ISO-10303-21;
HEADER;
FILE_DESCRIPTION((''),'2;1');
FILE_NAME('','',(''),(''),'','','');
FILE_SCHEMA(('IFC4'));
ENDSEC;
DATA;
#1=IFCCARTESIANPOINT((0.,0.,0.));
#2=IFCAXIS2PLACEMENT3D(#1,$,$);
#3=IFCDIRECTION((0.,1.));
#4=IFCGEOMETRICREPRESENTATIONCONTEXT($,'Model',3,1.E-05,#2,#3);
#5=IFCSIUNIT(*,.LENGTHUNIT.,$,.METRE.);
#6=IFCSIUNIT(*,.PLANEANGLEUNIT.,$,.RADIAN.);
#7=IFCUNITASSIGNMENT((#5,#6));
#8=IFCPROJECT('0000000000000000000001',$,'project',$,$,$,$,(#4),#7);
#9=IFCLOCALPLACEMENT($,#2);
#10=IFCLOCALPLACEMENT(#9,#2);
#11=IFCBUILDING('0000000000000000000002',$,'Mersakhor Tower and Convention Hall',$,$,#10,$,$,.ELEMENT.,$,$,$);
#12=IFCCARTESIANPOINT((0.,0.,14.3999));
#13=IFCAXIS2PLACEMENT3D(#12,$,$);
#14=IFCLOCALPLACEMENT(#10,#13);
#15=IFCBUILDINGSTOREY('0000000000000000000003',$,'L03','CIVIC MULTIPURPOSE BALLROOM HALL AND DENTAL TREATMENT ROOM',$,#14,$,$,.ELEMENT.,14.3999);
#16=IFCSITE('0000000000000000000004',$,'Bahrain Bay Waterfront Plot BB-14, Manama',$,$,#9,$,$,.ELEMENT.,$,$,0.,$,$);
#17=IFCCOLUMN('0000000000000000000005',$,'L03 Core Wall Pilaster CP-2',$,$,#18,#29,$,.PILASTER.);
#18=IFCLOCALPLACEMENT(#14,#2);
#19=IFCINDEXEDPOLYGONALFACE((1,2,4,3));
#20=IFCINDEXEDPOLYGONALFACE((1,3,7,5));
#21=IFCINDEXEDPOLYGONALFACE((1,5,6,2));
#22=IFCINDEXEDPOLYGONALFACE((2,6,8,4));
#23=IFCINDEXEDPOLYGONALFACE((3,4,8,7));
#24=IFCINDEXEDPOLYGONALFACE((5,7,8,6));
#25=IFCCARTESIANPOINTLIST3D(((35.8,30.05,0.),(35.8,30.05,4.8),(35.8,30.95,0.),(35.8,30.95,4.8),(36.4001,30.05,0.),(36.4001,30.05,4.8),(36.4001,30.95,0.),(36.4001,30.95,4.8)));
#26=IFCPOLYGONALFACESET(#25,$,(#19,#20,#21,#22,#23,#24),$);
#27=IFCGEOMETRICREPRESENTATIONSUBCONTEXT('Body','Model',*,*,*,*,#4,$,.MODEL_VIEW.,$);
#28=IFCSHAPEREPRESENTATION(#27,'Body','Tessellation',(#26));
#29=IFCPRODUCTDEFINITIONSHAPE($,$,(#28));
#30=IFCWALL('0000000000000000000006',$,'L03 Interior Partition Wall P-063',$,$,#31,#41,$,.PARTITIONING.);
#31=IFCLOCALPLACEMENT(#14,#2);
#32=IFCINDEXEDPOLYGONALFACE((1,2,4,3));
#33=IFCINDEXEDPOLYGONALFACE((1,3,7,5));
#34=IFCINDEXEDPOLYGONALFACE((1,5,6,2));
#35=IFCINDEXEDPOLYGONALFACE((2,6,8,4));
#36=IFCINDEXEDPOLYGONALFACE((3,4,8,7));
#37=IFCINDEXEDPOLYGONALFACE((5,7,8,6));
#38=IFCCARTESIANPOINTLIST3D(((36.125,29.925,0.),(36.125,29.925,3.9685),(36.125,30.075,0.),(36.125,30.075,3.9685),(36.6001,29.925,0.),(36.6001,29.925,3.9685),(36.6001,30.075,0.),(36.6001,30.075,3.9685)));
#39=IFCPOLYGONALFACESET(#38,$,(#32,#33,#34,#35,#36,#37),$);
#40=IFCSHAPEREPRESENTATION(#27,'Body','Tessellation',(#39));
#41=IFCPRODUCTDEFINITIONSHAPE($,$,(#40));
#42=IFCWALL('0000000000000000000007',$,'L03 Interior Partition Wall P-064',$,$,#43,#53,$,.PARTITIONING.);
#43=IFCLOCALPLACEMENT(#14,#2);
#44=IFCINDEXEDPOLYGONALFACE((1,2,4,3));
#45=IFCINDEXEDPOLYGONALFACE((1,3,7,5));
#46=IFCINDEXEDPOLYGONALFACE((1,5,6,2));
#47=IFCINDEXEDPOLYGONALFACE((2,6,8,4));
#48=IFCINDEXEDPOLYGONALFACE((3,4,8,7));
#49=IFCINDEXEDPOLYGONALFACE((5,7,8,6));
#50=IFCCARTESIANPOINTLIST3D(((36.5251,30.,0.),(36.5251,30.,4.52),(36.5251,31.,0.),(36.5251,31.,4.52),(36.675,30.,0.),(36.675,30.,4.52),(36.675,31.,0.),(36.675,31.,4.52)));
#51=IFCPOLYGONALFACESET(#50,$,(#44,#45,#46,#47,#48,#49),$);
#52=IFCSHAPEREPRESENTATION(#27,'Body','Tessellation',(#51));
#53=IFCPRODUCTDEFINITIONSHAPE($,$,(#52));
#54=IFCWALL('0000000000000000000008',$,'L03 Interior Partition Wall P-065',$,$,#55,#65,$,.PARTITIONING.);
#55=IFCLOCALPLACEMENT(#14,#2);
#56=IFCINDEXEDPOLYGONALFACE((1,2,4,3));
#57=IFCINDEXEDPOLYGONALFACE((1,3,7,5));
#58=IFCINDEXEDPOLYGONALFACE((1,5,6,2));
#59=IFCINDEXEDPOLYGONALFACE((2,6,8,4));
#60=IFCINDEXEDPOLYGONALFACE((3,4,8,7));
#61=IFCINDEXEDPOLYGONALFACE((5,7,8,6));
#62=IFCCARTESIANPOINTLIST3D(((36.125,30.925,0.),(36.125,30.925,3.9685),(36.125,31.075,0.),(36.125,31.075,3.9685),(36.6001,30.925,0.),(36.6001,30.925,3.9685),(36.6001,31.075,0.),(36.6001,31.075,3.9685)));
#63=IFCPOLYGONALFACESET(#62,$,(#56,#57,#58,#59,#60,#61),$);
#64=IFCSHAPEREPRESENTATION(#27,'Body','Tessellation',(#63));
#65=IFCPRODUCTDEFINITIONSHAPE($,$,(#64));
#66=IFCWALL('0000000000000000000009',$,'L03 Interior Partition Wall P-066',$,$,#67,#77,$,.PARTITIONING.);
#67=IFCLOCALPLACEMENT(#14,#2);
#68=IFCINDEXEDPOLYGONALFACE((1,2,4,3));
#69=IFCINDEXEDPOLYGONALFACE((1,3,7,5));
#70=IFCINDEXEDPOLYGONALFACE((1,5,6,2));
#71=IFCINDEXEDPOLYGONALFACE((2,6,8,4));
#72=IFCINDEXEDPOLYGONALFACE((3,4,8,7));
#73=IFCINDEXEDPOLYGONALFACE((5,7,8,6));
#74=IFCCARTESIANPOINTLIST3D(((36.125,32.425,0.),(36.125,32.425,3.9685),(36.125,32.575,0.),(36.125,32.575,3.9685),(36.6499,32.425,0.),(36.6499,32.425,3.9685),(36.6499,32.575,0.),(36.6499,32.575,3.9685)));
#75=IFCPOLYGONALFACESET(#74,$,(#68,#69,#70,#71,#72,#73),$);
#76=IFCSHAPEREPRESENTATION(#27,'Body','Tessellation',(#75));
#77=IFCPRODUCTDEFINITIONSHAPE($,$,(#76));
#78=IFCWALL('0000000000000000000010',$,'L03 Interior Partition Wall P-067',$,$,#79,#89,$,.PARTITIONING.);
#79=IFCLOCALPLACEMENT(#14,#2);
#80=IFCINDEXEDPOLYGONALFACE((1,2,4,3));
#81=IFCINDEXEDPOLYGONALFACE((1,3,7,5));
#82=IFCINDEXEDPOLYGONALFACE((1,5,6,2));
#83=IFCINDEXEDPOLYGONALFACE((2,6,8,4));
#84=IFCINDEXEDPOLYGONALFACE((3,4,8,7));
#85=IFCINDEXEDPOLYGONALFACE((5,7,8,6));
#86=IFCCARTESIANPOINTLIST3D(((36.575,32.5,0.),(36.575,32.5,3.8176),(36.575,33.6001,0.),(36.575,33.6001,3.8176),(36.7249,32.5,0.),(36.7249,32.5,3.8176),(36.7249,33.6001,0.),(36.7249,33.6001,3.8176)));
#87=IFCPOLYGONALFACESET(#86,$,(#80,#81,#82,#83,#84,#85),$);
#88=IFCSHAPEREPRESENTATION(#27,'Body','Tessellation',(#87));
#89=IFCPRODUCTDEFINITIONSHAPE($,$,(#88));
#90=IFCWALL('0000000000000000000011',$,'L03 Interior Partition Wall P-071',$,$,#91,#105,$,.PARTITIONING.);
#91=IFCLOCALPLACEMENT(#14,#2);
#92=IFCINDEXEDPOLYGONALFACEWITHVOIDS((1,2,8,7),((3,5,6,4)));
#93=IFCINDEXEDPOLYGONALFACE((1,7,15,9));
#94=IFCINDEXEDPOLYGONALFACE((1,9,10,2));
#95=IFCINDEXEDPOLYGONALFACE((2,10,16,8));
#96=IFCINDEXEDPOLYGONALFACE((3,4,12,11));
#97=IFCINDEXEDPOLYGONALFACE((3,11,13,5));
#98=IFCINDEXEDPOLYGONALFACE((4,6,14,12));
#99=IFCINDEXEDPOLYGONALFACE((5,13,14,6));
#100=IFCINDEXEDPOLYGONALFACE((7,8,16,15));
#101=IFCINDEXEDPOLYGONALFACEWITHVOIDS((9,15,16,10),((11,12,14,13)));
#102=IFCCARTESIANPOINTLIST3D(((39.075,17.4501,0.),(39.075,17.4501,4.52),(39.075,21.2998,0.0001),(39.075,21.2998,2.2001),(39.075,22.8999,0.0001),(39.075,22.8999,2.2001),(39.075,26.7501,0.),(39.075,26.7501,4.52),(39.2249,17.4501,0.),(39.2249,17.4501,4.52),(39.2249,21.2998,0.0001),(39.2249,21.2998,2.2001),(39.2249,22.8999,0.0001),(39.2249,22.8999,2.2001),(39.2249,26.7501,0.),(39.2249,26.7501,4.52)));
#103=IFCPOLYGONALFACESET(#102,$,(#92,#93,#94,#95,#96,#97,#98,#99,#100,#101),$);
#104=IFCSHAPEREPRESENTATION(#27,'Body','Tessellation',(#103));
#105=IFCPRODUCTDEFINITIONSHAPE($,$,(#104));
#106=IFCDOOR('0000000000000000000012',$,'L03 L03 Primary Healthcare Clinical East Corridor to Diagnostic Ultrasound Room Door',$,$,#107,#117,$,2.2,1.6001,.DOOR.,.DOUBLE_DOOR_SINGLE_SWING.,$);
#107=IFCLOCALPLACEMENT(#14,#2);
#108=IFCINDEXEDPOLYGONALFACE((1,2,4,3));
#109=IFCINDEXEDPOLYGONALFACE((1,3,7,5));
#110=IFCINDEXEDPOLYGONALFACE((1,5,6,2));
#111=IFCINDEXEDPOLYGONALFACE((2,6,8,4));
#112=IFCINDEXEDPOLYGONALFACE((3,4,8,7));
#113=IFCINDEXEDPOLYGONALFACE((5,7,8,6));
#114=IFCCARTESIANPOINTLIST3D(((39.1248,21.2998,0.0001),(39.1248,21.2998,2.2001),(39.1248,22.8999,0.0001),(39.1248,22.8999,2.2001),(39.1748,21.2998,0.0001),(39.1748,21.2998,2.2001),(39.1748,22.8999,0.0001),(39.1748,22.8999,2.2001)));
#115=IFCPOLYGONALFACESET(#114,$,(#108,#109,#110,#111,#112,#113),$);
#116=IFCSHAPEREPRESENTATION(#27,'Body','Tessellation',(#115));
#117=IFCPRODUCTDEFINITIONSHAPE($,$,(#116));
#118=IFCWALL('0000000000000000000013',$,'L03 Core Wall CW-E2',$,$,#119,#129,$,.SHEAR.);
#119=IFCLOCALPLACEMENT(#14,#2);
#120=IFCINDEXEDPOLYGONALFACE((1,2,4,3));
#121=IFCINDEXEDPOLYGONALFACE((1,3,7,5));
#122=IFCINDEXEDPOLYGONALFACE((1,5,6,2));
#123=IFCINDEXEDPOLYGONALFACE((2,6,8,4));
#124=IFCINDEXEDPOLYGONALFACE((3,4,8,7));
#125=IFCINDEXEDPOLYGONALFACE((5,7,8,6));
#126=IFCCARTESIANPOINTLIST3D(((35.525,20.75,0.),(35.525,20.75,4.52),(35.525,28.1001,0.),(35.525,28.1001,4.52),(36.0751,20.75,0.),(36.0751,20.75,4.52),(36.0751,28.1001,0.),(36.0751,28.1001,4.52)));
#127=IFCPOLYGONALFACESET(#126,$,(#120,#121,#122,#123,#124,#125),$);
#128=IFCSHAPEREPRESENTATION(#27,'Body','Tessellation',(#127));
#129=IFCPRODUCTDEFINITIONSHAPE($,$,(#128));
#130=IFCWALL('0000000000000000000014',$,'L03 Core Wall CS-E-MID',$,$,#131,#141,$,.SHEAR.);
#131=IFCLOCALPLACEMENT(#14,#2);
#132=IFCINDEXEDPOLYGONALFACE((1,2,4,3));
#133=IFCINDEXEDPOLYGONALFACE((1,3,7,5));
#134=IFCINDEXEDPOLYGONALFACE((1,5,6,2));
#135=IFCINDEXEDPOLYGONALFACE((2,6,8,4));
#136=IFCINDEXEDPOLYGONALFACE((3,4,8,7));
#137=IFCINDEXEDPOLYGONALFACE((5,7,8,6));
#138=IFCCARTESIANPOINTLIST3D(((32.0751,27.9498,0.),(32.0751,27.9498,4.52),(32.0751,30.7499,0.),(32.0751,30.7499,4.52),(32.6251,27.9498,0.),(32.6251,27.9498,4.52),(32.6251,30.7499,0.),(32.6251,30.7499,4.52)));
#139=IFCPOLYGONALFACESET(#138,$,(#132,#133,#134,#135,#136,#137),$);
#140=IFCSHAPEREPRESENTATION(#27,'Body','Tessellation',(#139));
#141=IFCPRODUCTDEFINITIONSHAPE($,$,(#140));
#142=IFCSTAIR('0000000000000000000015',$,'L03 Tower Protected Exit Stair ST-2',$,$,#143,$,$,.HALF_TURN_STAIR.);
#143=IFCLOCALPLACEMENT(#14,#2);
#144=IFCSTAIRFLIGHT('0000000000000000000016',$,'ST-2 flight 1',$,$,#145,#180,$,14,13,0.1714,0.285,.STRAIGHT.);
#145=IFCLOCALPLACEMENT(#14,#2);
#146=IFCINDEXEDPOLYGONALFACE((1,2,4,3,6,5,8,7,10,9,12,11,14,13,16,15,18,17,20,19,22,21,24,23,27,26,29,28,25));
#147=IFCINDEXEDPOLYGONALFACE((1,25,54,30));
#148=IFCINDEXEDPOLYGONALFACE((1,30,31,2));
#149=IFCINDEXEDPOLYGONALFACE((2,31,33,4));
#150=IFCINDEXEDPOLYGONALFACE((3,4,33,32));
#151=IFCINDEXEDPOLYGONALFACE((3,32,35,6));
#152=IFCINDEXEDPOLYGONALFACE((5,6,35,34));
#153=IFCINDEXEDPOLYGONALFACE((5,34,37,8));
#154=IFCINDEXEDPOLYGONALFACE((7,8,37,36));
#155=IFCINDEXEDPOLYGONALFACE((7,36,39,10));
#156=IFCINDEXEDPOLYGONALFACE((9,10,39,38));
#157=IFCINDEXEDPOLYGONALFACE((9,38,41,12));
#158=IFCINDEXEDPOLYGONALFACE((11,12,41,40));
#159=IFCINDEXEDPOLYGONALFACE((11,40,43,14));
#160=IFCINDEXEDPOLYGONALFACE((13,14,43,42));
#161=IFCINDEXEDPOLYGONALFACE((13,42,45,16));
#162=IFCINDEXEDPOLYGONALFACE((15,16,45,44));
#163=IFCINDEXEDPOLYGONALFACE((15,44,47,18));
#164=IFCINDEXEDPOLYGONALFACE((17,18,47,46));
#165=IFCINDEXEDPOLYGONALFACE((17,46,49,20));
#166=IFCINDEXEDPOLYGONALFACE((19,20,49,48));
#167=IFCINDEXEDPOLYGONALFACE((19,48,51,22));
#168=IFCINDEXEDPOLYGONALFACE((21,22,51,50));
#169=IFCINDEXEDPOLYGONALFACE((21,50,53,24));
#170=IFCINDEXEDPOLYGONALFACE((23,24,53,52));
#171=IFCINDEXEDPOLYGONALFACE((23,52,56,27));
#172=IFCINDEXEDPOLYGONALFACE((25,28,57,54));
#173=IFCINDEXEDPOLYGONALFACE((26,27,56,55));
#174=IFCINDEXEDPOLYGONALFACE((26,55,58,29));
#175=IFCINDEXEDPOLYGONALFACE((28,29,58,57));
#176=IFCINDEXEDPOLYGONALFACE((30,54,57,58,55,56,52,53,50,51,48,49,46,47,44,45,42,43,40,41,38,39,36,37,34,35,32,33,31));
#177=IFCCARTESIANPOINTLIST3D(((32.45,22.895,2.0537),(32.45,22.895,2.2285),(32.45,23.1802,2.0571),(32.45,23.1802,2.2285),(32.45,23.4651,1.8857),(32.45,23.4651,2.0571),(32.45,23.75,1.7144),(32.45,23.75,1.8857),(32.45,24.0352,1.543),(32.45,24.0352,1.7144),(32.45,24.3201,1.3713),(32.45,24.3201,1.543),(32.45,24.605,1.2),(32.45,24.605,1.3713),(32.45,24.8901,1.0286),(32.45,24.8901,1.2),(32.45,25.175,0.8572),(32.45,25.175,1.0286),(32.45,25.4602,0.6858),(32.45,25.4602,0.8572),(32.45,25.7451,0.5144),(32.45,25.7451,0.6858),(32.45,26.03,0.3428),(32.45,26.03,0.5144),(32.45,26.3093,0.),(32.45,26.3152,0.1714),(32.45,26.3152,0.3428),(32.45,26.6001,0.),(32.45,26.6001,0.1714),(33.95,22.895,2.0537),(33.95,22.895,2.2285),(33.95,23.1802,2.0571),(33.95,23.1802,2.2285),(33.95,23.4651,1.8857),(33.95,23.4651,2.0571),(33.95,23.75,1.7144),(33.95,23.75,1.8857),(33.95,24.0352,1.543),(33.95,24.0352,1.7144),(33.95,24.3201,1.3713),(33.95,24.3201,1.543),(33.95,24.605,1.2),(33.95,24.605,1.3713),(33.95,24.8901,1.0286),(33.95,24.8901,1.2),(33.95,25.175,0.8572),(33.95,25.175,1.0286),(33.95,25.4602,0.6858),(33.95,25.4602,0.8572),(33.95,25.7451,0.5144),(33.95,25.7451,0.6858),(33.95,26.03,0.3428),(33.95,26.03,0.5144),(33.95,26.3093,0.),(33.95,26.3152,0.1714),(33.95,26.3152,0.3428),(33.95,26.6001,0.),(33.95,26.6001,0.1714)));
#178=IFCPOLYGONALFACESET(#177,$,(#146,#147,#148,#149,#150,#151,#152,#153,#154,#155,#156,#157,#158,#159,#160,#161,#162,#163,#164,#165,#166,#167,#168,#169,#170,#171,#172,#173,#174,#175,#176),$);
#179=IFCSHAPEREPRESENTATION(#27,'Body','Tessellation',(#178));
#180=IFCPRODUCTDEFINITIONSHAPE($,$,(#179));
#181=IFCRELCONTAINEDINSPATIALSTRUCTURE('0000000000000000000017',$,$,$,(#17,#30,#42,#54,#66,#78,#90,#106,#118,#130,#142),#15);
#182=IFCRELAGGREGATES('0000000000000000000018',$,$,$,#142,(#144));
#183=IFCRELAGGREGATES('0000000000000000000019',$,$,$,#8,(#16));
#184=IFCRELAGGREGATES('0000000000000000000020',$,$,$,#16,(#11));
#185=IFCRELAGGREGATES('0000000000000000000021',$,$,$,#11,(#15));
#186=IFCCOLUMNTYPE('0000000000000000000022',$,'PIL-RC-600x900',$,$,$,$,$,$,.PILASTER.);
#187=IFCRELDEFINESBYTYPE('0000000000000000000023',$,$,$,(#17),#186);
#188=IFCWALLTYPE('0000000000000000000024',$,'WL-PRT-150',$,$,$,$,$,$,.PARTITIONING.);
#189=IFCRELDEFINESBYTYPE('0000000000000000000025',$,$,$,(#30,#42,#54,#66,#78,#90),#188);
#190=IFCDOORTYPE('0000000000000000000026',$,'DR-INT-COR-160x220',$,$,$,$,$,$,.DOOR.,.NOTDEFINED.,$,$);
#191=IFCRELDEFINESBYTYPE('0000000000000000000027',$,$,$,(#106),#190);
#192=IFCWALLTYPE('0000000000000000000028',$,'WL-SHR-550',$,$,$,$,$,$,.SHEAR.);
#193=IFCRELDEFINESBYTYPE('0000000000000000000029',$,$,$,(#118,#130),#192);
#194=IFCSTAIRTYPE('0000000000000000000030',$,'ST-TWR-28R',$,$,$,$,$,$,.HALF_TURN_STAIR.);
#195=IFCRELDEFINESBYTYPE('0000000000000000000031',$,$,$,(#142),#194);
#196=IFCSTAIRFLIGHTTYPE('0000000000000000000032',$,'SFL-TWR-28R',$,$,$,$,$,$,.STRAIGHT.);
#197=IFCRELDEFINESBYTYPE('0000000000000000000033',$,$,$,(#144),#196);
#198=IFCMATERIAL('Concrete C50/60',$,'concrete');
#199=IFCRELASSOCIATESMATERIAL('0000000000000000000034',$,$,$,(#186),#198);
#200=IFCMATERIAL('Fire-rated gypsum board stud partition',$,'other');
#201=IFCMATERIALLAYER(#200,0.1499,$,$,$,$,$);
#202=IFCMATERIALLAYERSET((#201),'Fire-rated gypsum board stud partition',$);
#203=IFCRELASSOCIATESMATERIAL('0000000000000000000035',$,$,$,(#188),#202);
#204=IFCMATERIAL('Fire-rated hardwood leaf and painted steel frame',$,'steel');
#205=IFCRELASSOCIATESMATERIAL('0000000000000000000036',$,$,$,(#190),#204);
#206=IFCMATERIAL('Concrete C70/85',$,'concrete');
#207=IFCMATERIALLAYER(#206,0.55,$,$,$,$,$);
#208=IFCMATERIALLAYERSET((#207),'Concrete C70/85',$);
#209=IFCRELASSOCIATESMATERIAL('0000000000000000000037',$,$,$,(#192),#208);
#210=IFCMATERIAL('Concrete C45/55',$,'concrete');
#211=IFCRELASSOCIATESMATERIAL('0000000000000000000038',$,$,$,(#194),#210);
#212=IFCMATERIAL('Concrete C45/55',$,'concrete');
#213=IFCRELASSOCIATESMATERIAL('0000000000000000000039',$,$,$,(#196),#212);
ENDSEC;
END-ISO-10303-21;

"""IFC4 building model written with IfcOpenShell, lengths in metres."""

from ifc_helpers import new_model, si_unit, direction, frame, frame_2d, origin, origin_2d, place, context, subcontext, project, spatial, polyline, rectangle, outline, extrude, material, layer, layer_set, material_profile, profile_set, type_object, element, fill, aggregate, save


model = new_model("IFC4")

# Units and contexts
model_context = context("Model", 3, precision=1e-05, world=origin(), true_north=direction((0.0, 1.0)))
body_context = subcontext(model_context, "Body", "Model", "MODEL_VIEW")
ifc_project = project(units=[si_unit("LENGTHUNIT", "METRE"), si_unit("PLANEANGLEUNIT", "RADIAN")], contexts=[model_context])

# Site, building, storey
site_placement = place(None, origin())
site = spatial("IfcSite", under=ifc_project, at=site_placement, Name="Bahrain Bay Waterfront Plot BB-14, Manama", CompositionType="ELEMENT", RefElevation=0.0)
building_placement = place(site_placement, origin())
building = spatial("IfcBuilding", under=site, at=building_placement, Name="Mersakhor Tower and Convention Hall", CompositionType="ELEMENT")
storey_placement = place(building_placement, frame((0.0, 0.0, 14.3999)))
storey = spatial("IfcBuildingStorey", under=building, at=storey_placement, Name="L03", Description="CIVIC MULTIPURPOSE BALLROOM HALL AND DENTAL TREATMENT ROOM", CompositionType="ELEMENT", Elevation=14.3999)

# Column
ifc_material_1 = material(Name="Concrete C50/60", Category="concrete")
ifc_material_profile = material_profile(ifc_material_1, rectangle(XDim=0.6001, YDim=0.8999, at=origin_2d()), Name="RC 600x900")
ifc_profile_set = profile_set([ifc_material_profile], Name="Concrete C50/60")
column_type = type_object("IfcColumnType", Name="PIL-RC-600x900", PredefinedType="PILASTER", material=ifc_profile_set)
column_placement = place(storey_placement, frame((36.1001, 30.5, 0.0), z_axis=(0.0, 0.0, 1.0), x_axis=(1.0, 0.0, 0.0)))
element("IfcColumn", 1, at=column_placement, inside=storey, type_object=column_type, Name="L03 Core Wall Pilaster CP-2", PredefinedType="PILASTER", context=body_context, shape_type="SweptSolid", body=[
    extrude(rectangle(XDim=0.6001, YDim=0.8999, at=origin_2d()), origin(), (0.0, 0.0, 1.0), 4.8),
])

# Walls
ifc_material_2 = material(Name="Fire-rated gypsum board stud partition", Category="other")
ifc_layer_1 = layer(ifc_material_2, 0.1499)
ifc_layer_set_1 = layer_set([ifc_layer_1], Name="Fire-rated gypsum board stud partition")
wall_type_1 = type_object("IfcWallType", Name="WL-PRT-150", PredefinedType="PARTITIONING", material=ifc_layer_set_1)
wall_1_placement = place(storey_placement, frame((36.125, 30.0, 0.0), z_axis=(0.0, 0.0, 1.0), x_axis=(1.0, 0.0, 0.0)))
element("IfcWall", 2, at=wall_1_placement, inside=storey, type_object=wall_type_1, Name="L03 Interior Partition Wall P-063", PredefinedType="PARTITIONING", context=body_context, shape_type="SweptSolid", body=[
    extrude(rectangle(XDim=0.4751, YDim=0.1499, at=frame_2d((0.2375, 0.0))), origin(), (0.0, 0.0, 1.0), 3.9685),
])
wall_2_placement = place(storey_placement, frame((36.6001, 30.0, 0.0), z_axis=(0.0, 0.0, 1.0), x_axis=(0.0, 1.0, 0.0)))
element("IfcWall", 3, at=wall_2_placement, inside=storey, type_object=wall_type_1, Name="L03 Interior Partition Wall P-064", PredefinedType="PARTITIONING", context=body_context, shape_type="SweptSolid", body=[
    extrude(rectangle(XDim=1.0, YDim=0.1499, at=frame_2d((0.5, 0.0))), origin(), (0.0, 0.0, 1.0), 4.52),
])
wall_3_placement = place(storey_placement, frame((36.6001, 31.0, 0.0), z_axis=(0.0, 0.0, 1.0), x_axis=(-1.0, 0.0, 0.0)))
element("IfcWall", 4, at=wall_3_placement, inside=storey, type_object=wall_type_1, Name="L03 Interior Partition Wall P-065", PredefinedType="PARTITIONING", context=body_context, shape_type="SweptSolid", body=[
    extrude(rectangle(XDim=0.4751, YDim=0.1499, at=frame_2d((0.2375, 0.0))), origin(), (0.0, 0.0, 1.0), 3.9685),
])
wall_4_placement = place(storey_placement, frame((36.125, 32.5, 0.0), z_axis=(0.0, 0.0, 1.0), x_axis=(1.0, 0.0, 0.0)))
element("IfcWall", 5, at=wall_4_placement, inside=storey, type_object=wall_type_1, Name="L03 Interior Partition Wall P-066", PredefinedType="PARTITIONING", context=body_context, shape_type="SweptSolid", body=[
    extrude(rectangle(XDim=0.5249, YDim=0.1499, at=frame_2d((0.2625, 0.0))), origin(), (0.0, 0.0, 1.0), 3.9685),
])
wall_5_placement = place(storey_placement, frame((36.6499, 32.5, 0.0), z_axis=(0.0, 0.0, 1.0), x_axis=(0.0, 1.0, 0.0)))
element("IfcWall", 6, at=wall_5_placement, inside=storey, type_object=wall_type_1, Name="L03 Interior Partition Wall P-067", PredefinedType="PARTITIONING", context=body_context, shape_type="SweptSolid", body=[
    extrude(rectangle(XDim=1.1001, YDim=0.1499, at=frame_2d((0.55, 0.0))), origin(), (0.0, 0.0, 1.0), 3.8176),
])

# Wall, opening, door
wall_6_placement = place(storey_placement, frame((39.1499, 26.75, 0.0), z_axis=(0.0, 0.0, 1.0), x_axis=(0.0, -1.0, 0.0)))
wall_6 = element("IfcWall", 7, at=wall_6_placement, inside=storey, type_object=wall_type_1, Name="L03 Interior Partition Wall P-071", PredefinedType="PARTITIONING", context=body_context, shape_type="SweptSolid", body=[
    extrude(rectangle(XDim=9.3, YDim=0.1499, at=frame_2d((4.6499, 0.0))), origin(), (0.0, 0.0, 1.0), 4.52),
])
opening_1_placement = place(wall_6_placement, frame((3.8501, 0.0, 0.0)))
opening_1 = element("IfcOpeningElement", 8, at=opening_1_placement, cuts=wall_6, PredefinedType="OPENING", context=body_context, shape_type="SweptSolid", body=[
    extrude(rectangle(XDim=1.6001, YDim=2.2, at=frame_2d((0.8, 1.1001))), frame((0.0, 0.085, 0.0), z_axis=(0.0, -1.0, 0.0), x_axis=(1.0, 0.0, 0.0)), (0.0, 0.0, 1.0), 0.1699),
])
ifc_material_3 = material(Name="Fire-rated hardwood leaf and painted steel frame", Category="steel")
door_type_1 = type_object("IfcDoorType", Name="DR-INT-COR-160x220", OperationType="NOTDEFINED", PredefinedType="DOOR", material=ifc_material_3)
door_1_placement = place(opening_1_placement, origin())
door_1 = element("IfcDoor", 9, at=door_1_placement, inside=storey, type_object=door_type_1, Name="L03 L03 Primary Healthcare Clinical East Corridor to Diagnostic Ultrasound Room Door", OperationType="DOUBLE_DOOR_SINGLE_SWING", OverallHeight=2.2, OverallWidth=1.6001, PredefinedType="DOOR", context=body_context, shape_type="SweptSolid", body=[
    extrude(rectangle(XDim=1.6001, YDim=2.2, at=frame_2d((0.8, 1.1001))), frame((0.0, 0.0249, 0.0), z_axis=(0.0, -1.0, 0.0), x_axis=(1.0, 0.0, 0.0)), (0.0, 0.0, 1.0), 0.05),
])
fill(opening_1, door_1)

# Walls
ifc_material_4 = material(Name="Concrete C70/85", Category="concrete")
ifc_layer_2 = layer(ifc_material_4, 0.55)
ifc_layer_set_2 = layer_set([ifc_layer_2], Name="Concrete C70/85")
wall_type_2 = type_object("IfcWallType", Name="WL-SHR-550", PredefinedType="SHEAR", material=ifc_layer_set_2)
wall_7_placement = place(storey_placement, frame((35.8, 28.1001, 0.0), z_axis=(0.0, 0.0, 1.0), x_axis=(0.0, -1.0, 0.0)))
element("IfcWall", 10, at=wall_7_placement, inside=storey, type_object=wall_type_2, Name="L03 Core Wall CW-E2", PredefinedType="SHEAR", context=body_context, shape_type="SweptSolid", body=[
    extrude(rectangle(XDim=7.3501, YDim=0.55, at=frame_2d((3.675, 0.0))), origin(), (0.0, 0.0, 1.0), 4.52),
])
wall_8_placement = place(storey_placement, frame((32.3501, 27.95, 0.0), z_axis=(0.0, 0.0, 1.0), x_axis=(0.0, 1.0, 0.0)))
element("IfcWall", 11, at=wall_8_placement, inside=storey, type_object=wall_type_2, Name="L03 Core Wall CS-E-MID", PredefinedType="SHEAR", context=body_context, shape_type="SweptSolid", body=[
    extrude(rectangle(XDim=2.8, YDim=0.55, at=frame_2d((1.3999, 0.0))), origin(), (0.0, 0.0, 1.0), 4.52),
])

# Stair, stair flight
ifc_material_5 = material(Name="Concrete C45/55", Category="concrete")
stair_type = type_object("IfcStairType", Name="ST-TWR-28R", PredefinedType="HALF_TURN_STAIR", material=ifc_material_5)
stair_placement = place(storey_placement, origin())
stair = element("IfcStair", 12, at=stair_placement, inside=storey, type_object=stair_type, Name="L03 Tower Protected Exit Stair ST-2", PredefinedType="HALF_TURN_STAIR")
ifc_material_6 = material(Name="Concrete C45/55", Category="concrete")
stair_flight_type = type_object("IfcStairFlightType", Name="SFL-TWR-28R", PredefinedType="STRAIGHT", material=ifc_material_6)
stair_flight_placement = place(storey_placement, frame((33.2, 26.6001, 0.0), z_axis=(0.0, 0.0, 1.0), x_axis=(0.0, -1.0, 0.0)))
stair_flight = element("IfcStairFlight", 13, at=stair_flight_placement, type_object=stair_flight_type, Name="ST-2 flight 1", NumberOfRisers=14, NumberOfTreads=13, PredefinedType="STRAIGHT", RiserHeight=0.1714, TreadLength=0.285, context=body_context, shape_type="SweptSolid", body=[
    extrude(outline(polyline([(0.0, 0.0), (0.0, 0.1714), (0.2849, 0.1714), (0.2849, 0.3428), (0.5701, 0.3428), (0.5701, 0.5144), (0.855, 0.5144), (0.855, 0.6858), (1.1399, 0.6858), (1.1399, 0.8572), (1.425, 0.8572), (1.425, 1.0286), (1.71, 1.0286), (1.71, 1.2), (1.9951, 1.2), (1.9951, 1.3713), (2.28, 1.3713), (2.28, 1.543), (2.5649, 1.543), (2.5649, 1.7144), (2.8501, 1.7144), (2.8501, 1.8857), (3.135, 1.8857), (3.135, 2.0571), (3.4199, 2.0571), (3.4199, 2.2285), (3.7051, 2.2285), (3.7051, 2.3999), (3.7051, 2.0537), (0.2908, 0.0), (0.0, 0.0)])), frame((0.0, 0.75, 0.0), z_axis=(0.0, -1.0, 0.0), x_axis=(1.0, 0.0, 0.0)), (0.0, 0.0, 1.0), 1.5),
])
aggregate(stair, [stair_flight])

save(model, "model.ifc")
